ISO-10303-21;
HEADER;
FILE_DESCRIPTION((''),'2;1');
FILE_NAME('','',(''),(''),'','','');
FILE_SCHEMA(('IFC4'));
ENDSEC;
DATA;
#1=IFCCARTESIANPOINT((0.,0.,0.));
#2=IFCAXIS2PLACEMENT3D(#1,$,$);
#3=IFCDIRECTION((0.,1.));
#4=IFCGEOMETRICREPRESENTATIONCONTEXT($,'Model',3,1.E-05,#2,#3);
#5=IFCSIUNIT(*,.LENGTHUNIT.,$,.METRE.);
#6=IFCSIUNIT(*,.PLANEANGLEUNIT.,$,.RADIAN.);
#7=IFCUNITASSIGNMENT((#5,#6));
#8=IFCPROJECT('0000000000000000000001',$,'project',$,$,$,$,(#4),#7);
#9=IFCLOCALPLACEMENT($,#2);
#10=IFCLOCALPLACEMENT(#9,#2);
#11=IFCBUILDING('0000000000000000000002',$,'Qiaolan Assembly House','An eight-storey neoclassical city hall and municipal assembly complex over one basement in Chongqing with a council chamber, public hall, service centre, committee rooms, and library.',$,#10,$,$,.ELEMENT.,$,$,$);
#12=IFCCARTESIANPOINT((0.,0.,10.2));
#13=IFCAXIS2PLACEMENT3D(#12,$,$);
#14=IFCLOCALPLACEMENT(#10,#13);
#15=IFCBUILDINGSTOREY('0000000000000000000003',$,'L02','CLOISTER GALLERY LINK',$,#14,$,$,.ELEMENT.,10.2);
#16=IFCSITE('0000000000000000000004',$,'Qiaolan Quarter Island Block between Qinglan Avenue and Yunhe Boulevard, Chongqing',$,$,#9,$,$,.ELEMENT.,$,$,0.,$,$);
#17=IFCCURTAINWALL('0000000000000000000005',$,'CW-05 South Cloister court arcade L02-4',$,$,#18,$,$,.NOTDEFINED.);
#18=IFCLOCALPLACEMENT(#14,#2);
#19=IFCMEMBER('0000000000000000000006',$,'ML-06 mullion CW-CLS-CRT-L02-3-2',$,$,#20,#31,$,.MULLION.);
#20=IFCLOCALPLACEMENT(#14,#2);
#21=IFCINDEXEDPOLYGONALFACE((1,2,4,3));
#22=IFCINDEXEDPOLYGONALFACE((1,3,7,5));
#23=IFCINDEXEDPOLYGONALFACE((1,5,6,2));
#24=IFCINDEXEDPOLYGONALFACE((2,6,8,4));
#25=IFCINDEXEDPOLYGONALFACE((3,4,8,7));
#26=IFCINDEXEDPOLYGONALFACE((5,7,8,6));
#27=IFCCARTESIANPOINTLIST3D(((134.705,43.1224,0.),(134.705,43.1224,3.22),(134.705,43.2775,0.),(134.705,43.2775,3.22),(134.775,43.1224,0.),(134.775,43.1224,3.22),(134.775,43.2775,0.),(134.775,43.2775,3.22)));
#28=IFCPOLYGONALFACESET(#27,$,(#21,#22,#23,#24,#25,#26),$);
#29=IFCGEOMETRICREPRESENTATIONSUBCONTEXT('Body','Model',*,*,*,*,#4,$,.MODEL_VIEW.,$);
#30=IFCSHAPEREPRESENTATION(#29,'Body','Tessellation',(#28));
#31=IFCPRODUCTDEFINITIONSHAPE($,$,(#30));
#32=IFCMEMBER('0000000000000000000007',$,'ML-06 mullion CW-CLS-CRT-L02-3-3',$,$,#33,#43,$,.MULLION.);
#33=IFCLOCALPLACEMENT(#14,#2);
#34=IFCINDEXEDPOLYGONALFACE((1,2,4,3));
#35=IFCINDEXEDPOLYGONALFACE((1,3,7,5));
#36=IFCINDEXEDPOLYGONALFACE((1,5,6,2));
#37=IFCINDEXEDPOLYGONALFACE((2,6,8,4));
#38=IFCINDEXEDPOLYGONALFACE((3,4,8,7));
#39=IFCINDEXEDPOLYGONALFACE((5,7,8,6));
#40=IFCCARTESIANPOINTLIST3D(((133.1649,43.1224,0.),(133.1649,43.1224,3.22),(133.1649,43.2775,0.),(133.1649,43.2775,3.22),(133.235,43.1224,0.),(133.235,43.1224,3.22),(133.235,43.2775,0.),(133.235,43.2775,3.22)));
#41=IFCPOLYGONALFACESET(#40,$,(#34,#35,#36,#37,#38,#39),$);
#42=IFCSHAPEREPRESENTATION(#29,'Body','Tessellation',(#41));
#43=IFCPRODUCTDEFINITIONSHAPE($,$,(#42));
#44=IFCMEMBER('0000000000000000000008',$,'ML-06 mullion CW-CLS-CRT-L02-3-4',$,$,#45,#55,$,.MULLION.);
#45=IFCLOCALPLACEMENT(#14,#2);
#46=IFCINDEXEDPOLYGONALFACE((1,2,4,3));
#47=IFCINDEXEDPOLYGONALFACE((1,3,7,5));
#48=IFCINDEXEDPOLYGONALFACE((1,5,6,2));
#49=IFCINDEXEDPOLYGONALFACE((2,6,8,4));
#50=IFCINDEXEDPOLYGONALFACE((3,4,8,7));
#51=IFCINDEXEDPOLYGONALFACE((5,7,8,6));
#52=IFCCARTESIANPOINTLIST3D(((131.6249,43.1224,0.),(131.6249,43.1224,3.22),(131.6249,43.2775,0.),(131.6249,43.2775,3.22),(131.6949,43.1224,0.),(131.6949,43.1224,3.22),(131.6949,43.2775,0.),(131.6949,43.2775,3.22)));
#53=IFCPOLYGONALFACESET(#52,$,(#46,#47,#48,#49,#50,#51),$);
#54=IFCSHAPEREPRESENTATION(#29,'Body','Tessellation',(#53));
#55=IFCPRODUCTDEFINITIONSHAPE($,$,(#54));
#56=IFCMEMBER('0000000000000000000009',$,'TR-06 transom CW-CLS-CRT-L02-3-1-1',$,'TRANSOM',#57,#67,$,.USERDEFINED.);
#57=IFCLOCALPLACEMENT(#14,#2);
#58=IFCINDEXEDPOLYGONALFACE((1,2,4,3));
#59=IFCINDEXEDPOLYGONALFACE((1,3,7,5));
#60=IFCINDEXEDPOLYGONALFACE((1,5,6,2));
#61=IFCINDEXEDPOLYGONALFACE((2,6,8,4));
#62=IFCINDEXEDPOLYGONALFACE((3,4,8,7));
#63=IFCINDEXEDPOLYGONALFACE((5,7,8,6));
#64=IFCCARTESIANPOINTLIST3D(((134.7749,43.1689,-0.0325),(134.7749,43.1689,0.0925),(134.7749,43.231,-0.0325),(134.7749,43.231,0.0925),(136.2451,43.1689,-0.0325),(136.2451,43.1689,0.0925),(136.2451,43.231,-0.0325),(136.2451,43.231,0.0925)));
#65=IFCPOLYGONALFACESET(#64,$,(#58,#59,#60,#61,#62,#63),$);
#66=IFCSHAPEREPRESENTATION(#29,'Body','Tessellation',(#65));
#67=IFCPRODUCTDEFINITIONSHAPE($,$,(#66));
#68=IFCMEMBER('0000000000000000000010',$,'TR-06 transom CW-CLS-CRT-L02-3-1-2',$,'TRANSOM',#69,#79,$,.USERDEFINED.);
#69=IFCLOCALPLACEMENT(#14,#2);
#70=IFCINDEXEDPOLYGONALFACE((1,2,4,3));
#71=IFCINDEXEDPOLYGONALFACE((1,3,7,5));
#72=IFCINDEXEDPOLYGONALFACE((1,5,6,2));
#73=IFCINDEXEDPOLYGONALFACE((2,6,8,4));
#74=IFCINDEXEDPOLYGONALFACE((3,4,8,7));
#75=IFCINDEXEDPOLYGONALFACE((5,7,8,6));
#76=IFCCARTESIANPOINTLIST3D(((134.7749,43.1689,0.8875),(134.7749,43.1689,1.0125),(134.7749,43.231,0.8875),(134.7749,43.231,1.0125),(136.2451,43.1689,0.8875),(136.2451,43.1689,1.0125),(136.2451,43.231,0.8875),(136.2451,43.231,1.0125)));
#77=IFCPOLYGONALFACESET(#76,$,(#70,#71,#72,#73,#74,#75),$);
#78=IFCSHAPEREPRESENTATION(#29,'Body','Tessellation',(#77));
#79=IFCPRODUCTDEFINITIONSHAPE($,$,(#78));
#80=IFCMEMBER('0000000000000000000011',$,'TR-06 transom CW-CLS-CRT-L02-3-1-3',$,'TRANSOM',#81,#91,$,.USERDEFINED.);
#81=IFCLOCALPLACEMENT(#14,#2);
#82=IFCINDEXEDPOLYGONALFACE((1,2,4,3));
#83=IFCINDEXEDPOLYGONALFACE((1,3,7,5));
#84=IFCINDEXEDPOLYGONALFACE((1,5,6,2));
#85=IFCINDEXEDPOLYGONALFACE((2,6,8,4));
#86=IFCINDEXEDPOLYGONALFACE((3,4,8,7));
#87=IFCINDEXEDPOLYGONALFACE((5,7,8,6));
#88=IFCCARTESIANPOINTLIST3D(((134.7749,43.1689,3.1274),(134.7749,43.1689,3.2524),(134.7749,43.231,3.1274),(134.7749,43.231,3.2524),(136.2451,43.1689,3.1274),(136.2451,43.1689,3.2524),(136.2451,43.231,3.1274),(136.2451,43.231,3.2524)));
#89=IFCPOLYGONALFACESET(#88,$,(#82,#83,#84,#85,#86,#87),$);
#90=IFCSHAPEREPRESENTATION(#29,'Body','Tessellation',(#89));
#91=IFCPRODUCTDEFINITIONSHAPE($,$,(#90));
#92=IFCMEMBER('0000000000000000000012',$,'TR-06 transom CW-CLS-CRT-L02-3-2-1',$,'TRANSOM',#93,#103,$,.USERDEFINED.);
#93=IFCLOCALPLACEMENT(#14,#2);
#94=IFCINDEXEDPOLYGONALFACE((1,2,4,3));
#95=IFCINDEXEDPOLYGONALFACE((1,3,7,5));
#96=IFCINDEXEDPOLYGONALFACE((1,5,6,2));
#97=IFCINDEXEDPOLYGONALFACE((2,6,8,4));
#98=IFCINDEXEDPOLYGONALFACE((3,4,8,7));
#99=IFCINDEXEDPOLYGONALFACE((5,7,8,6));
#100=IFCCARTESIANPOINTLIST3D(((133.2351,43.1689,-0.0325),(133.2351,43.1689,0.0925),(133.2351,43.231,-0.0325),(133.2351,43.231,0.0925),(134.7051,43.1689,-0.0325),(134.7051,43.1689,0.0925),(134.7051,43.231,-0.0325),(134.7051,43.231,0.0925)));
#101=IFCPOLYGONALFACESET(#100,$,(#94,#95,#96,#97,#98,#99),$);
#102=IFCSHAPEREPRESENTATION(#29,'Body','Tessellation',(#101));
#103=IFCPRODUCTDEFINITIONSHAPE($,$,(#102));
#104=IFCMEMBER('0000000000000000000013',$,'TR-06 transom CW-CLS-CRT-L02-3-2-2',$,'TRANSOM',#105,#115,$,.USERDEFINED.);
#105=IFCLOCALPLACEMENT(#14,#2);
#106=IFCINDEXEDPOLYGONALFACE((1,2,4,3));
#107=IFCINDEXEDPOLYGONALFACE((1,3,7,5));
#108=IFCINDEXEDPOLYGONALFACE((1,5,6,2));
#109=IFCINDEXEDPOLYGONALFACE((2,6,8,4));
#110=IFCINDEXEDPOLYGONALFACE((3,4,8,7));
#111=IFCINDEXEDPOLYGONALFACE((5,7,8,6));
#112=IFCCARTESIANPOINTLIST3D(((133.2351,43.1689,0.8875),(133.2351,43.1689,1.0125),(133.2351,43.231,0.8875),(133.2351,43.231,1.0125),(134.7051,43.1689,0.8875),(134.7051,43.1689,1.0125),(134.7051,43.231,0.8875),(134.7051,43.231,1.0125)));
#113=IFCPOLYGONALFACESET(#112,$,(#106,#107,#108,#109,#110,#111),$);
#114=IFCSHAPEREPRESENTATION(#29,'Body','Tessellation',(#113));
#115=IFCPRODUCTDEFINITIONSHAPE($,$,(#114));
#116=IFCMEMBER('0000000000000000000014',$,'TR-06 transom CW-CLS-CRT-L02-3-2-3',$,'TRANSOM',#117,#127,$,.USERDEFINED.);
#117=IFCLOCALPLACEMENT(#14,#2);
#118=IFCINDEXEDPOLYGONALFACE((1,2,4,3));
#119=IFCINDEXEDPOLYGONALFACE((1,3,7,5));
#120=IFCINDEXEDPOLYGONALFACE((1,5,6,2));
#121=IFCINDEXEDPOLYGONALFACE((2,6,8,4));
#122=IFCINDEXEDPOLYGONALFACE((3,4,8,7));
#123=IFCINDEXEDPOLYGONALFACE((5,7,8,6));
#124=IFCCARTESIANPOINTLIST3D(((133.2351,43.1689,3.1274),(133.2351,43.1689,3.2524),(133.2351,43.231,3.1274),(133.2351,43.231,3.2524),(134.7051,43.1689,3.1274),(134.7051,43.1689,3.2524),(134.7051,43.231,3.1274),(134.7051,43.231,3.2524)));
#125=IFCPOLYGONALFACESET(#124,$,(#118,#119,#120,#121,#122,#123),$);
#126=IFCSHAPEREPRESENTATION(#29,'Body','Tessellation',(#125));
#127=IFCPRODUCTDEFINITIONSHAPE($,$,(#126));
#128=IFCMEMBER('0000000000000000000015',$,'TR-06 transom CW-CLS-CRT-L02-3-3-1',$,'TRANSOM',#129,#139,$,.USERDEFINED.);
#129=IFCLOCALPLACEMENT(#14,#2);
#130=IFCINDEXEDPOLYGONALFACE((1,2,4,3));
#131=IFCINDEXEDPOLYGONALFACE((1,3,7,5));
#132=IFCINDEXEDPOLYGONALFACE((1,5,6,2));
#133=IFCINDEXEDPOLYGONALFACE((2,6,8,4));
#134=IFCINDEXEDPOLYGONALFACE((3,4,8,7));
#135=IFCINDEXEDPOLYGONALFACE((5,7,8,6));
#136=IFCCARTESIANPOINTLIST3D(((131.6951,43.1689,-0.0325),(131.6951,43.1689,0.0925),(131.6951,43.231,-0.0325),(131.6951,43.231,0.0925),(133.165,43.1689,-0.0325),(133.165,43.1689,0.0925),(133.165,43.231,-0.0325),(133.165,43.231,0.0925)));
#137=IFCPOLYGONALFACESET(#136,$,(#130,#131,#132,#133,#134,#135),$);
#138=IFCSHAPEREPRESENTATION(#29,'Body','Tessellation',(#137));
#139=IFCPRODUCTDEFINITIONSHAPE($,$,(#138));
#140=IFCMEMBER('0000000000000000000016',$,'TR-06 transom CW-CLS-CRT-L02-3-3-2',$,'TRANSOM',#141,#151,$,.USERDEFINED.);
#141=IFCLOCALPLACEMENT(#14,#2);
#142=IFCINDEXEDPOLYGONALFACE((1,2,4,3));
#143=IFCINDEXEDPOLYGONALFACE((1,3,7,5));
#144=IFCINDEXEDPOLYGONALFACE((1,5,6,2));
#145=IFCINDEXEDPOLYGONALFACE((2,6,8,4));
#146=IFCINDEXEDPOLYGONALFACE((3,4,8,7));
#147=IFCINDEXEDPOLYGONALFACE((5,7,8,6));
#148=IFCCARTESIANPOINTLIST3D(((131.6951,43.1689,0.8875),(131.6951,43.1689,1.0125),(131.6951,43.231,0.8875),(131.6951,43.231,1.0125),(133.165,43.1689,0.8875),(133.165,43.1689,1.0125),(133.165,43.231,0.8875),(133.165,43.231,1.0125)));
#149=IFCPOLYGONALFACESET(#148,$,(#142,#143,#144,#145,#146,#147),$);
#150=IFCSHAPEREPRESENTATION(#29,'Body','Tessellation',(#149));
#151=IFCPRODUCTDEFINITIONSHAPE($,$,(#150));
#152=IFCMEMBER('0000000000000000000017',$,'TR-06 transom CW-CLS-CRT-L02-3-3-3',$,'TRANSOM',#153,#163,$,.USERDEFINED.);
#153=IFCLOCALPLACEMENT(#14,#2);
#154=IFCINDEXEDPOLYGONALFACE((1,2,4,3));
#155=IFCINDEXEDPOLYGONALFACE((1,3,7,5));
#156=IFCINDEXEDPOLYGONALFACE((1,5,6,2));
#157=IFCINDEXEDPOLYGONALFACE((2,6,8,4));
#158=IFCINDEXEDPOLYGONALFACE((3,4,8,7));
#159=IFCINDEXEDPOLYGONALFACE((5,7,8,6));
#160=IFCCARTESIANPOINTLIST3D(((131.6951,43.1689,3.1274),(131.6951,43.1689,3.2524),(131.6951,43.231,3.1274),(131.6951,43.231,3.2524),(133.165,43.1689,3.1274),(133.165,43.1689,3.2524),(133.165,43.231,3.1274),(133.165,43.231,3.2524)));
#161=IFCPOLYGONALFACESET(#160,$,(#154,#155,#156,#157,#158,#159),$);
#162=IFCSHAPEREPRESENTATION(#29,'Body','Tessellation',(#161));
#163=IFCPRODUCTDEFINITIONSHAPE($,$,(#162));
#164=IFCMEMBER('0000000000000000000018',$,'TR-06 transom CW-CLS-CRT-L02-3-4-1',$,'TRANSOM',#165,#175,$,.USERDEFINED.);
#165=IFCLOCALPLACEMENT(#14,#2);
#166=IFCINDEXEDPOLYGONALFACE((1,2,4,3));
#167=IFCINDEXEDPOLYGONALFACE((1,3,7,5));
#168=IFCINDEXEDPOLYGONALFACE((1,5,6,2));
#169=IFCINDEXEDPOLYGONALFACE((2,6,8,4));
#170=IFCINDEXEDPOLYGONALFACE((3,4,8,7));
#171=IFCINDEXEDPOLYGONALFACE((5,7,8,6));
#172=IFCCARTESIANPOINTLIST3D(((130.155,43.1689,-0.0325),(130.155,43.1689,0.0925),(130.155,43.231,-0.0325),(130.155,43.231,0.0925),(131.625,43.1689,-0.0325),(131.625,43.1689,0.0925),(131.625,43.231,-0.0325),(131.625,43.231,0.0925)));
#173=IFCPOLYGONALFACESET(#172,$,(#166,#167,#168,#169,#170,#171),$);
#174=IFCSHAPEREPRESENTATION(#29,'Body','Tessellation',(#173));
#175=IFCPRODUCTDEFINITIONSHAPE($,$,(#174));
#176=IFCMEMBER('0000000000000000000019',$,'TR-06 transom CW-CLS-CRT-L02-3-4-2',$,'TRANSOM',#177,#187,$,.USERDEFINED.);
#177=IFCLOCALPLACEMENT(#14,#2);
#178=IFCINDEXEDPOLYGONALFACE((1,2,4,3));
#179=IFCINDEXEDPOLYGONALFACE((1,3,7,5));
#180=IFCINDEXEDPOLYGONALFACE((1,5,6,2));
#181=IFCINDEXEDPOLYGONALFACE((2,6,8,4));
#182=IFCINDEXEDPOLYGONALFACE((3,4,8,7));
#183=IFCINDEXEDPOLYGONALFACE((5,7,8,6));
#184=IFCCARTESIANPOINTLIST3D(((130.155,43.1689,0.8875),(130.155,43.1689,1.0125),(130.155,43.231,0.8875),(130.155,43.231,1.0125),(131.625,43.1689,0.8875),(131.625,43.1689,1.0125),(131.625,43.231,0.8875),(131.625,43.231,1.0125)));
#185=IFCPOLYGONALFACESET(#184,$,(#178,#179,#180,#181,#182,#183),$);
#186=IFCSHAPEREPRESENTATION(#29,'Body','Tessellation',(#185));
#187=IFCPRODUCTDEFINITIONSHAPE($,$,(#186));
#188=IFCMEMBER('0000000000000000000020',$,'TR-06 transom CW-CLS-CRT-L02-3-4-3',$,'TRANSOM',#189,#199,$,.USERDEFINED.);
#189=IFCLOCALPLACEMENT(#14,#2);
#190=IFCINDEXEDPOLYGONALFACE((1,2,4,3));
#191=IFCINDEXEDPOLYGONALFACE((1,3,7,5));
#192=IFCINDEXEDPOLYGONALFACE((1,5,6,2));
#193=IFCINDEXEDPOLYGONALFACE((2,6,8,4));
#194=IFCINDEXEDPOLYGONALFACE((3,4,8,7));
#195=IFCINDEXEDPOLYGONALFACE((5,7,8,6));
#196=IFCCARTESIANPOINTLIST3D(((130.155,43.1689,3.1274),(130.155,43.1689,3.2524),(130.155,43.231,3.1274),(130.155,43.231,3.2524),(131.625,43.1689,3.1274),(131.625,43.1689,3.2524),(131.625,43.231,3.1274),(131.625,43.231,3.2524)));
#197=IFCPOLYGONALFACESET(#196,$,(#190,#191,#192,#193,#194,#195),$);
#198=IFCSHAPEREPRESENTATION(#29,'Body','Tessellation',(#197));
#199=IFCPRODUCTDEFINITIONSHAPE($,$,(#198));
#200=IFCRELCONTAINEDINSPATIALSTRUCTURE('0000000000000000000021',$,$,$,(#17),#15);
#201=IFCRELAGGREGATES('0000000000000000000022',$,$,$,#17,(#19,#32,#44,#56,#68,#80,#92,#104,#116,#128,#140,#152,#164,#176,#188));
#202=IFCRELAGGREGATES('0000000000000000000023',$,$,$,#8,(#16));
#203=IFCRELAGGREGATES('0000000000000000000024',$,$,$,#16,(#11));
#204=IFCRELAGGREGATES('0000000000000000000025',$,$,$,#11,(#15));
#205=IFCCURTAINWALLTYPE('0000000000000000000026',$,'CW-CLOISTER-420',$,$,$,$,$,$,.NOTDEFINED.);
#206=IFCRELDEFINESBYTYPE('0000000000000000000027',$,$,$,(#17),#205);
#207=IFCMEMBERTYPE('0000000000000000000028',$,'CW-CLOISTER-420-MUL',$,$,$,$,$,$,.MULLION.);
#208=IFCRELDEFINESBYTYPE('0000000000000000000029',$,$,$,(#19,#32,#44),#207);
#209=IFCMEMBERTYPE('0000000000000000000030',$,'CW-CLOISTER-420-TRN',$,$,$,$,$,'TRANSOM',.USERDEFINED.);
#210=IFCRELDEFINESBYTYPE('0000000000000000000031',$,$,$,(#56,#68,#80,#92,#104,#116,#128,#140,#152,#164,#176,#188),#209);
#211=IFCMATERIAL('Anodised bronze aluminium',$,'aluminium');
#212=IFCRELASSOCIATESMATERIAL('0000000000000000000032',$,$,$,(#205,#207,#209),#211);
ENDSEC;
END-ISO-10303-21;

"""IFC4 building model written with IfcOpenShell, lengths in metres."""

from ifc_helpers import new_model, si_unit, direction, frame, origin, origin_2d, place, context, subcontext, project, spatial, rectangle, extrude, material, material_profile, profile_set, type_object, element, aggregate, save


model = new_model("IFC4")

# Units and contexts
model_context = context("Model", 3, precision=1e-05, world=origin(), true_north=direction((0.0, 1.0)))
body_context = subcontext(model_context, "Body", "Model", "MODEL_VIEW")
ifc_project = project(units=[si_unit("LENGTHUNIT", "METRE"), si_unit("PLANEANGLEUNIT", "RADIAN")], contexts=[model_context])

# Site, building, storey
site_placement = place(None, origin())
site = spatial("IfcSite", under=ifc_project, at=site_placement, Name="Qiaolan Quarter Island Block between Qinglan Avenue and Yunhe Boulevard, Chongqing", CompositionType="ELEMENT", RefElevation=0.0)
building_placement = place(site_placement, origin())
building = spatial("IfcBuilding", under=site, at=building_placement, Name="Qiaolan Assembly House", Description="An eight-storey neoclassical city hall and municipal assembly complex over one basement in Chongqing with a council chamber, public hall, service centre, committee rooms, and library.", CompositionType="ELEMENT")
storey_placement = place(building_placement, frame((0.0, 0.0, 10.2)))
storey = spatial("IfcBuildingStorey", under=building, at=storey_placement, Name="L02", Description="CLOISTER GALLERY LINK", CompositionType="ELEMENT", Elevation=10.2)

# Curtain wall, members
ifc_material_1 = material(Name="Anodised bronze aluminium", Category="aluminium")
curtain_wall_type = type_object("IfcCurtainWallType", Name="CW-CLOISTER-420", PredefinedType="NOTDEFINED", material=ifc_material_1)
curtain_wall_placement = place(storey_placement, origin())
curtain_wall = element("IfcCurtainWall", 1, at=curtain_wall_placement, inside=storey, type_object=curtain_wall_type, Name="CW-05 South Cloister court arcade L02-4", PredefinedType="NOTDEFINED")
ifc_material_profile_1 = material_profile(ifc_material_1, rectangle(XDim=0.0701, YDim=0.155, at=origin_2d()), Name="MUL 70x155")
ifc_profile_set_1 = profile_set([ifc_material_profile_1], Name="Anodised bronze aluminium")
member_type_1 = type_object("IfcMemberType", Name="CW-CLOISTER-420-MUL", PredefinedType="MULLION", material=ifc_profile_set_1)
member_1_placement = place(storey_placement, frame((134.74, 43.2, 0.0), z_axis=(0.0, 0.0, 1.0), x_axis=(-1.0, 0.0, 0.0)))
member_1 = element("IfcMember", 2, at=member_1_placement, type_object=member_type_1, Name="ML-06 mullion CW-CLS-CRT-L02-3-2", PredefinedType="MULLION", context=body_context, shape_type="SweptSolid", body=[
    extrude(rectangle(XDim=0.0701, YDim=0.155, at=origin_2d()), origin(), (0.0, 0.0, 1.0), 3.22),
])
member_2_placement = place(storey_placement, frame((133.2, 43.2, 0.0), z_axis=(0.0, 0.0, 1.0), x_axis=(-1.0, 0.0, 0.0)))
member_2 = element("IfcMember", 3, at=member_2_placement, type_object=member_type_1, Name="ML-06 mullion CW-CLS-CRT-L02-3-3", PredefinedType="MULLION", context=body_context, shape_type="SweptSolid", body=[
    extrude(rectangle(XDim=0.0701, YDim=0.155, at=origin_2d()), origin(), (0.0, 0.0, 1.0), 3.22),
])
member_3_placement = place(storey_placement, frame((131.6599, 43.2, 0.0), z_axis=(0.0, 0.0, 1.0), x_axis=(-1.0, 0.0, 0.0)))
member_3 = element("IfcMember", 4, at=member_3_placement, type_object=member_type_1, Name="ML-06 mullion CW-CLS-CRT-L02-3-4", PredefinedType="MULLION", context=body_context, shape_type="SweptSolid", body=[
    extrude(rectangle(XDim=0.0701, YDim=0.155, at=origin_2d()), origin(), (0.0, 0.0, 1.0), 3.22),
])
ifc_material_profile_2 = material_profile(ifc_material_1, rectangle(XDim=0.062, YDim=0.125, at=origin_2d()), Name="TRN 62x125")
ifc_profile_set_2 = profile_set([ifc_material_profile_2], Name="Anodised bronze aluminium")
member_type_2 = type_object("IfcMemberType", Name="CW-CLOISTER-420-TRN", ElementType="TRANSOM", PredefinedType="USERDEFINED", material=ifc_profile_set_2)
member_4_placement = place(storey_placement, frame((136.2451, 43.2, 0.03), z_axis=(-1.0, 0.0, 0.0), x_axis=(0.0, -1.0, 0.0)))
member_4 = element("IfcMember", 5, at=member_4_placement, type_object=member_type_2, Name="TR-06 transom CW-CLS-CRT-L02-3-1-1", ObjectType="TRANSOM", PredefinedType="USERDEFINED", context=body_context, shape_type="SweptSolid", body=[
    extrude(rectangle(XDim=0.062, YDim=0.125, at=origin_2d()), origin(), (0.0, 0.0, 1.0), 1.4702),
])
member_5_placement = place(storey_placement, frame((136.2451, 43.2, 0.95), z_axis=(-1.0, 0.0, 0.0), x_axis=(0.0, -1.0, 0.0)))
member_5 = element("IfcMember", 6, at=member_5_placement, type_object=member_type_2, Name="TR-06 transom CW-CLS-CRT-L02-3-1-2", ObjectType="TRANSOM", PredefinedType="USERDEFINED", context=body_context, shape_type="SweptSolid", body=[
    extrude(rectangle(XDim=0.062, YDim=0.125, at=origin_2d()), origin(), (0.0, 0.0, 1.0), 1.4702),
])
member_6_placement = place(storey_placement, frame((136.2451, 43.2, 3.1899), z_axis=(-1.0, 0.0, 0.0), x_axis=(0.0, -1.0, 0.0)))
member_6 = element("IfcMember", 7, at=member_6_placement, type_object=member_type_2, Name="TR-06 transom CW-CLS-CRT-L02-3-1-3", ObjectType="TRANSOM", PredefinedType="USERDEFINED", context=body_context, shape_type="SweptSolid", body=[
    extrude(rectangle(XDim=0.062, YDim=0.125, at=origin_2d()), origin(), (0.0, 0.0, 1.0), 1.4702),
])
member_7_placement = place(storey_placement, frame((134.7051, 43.2, 0.03), z_axis=(-1.0, 0.0, 0.0), x_axis=(0.0, -1.0, 0.0)))
member_7 = element("IfcMember", 8, at=member_7_placement, type_object=member_type_2, Name="TR-06 transom CW-CLS-CRT-L02-3-2-1", ObjectType="TRANSOM", PredefinedType="USERDEFINED", context=body_context, shape_type="SweptSolid", body=[
    extrude(rectangle(XDim=0.062, YDim=0.125, at=origin_2d()), origin(), (0.0, 0.0, 1.0), 1.47),
])
member_8_placement = place(storey_placement, frame((134.7051, 43.2, 0.95), z_axis=(-1.0, 0.0, 0.0), x_axis=(0.0, -1.0, 0.0)))
member_8 = element("IfcMember", 9, at=member_8_placement, type_object=member_type_2, Name="TR-06 transom CW-CLS-CRT-L02-3-2-2", ObjectType="TRANSOM", PredefinedType="USERDEFINED", context=body_context, shape_type="SweptSolid", body=[
    extrude(rectangle(XDim=0.062, YDim=0.125, at=origin_2d()), origin(), (0.0, 0.0, 1.0), 1.47),
])
member_9_placement = place(storey_placement, frame((134.7051, 43.2, 3.1899), z_axis=(-1.0, 0.0, 0.0), x_axis=(0.0, -1.0, 0.0)))
member_9 = element("IfcMember", 10, at=member_9_placement, type_object=member_type_2, Name="TR-06 transom CW-CLS-CRT-L02-3-2-3", ObjectType="TRANSOM", PredefinedType="USERDEFINED", context=body_context, shape_type="SweptSolid", body=[
    extrude(rectangle(XDim=0.062, YDim=0.125, at=origin_2d()), origin(), (0.0, 0.0, 1.0), 1.47),
])
member_10_placement = place(storey_placement, frame((133.165, 43.2, 0.03), z_axis=(-1.0, 0.0, 0.0), x_axis=(0.0, -1.0, 0.0)))
member_10 = element("IfcMember", 11, at=member_10_placement, type_object=member_type_2, Name="TR-06 transom CW-CLS-CRT-L02-3-3-1", ObjectType="TRANSOM", PredefinedType="USERDEFINED", context=body_context, shape_type="SweptSolid", body=[
    extrude(rectangle(XDim=0.062, YDim=0.125, at=origin_2d()), origin(), (0.0, 0.0, 1.0), 1.47),
])
member_11_placement = place(storey_placement, frame((133.165, 43.2, 0.95), z_axis=(-1.0, 0.0, 0.0), x_axis=(0.0, -1.0, 0.0)))
member_11 = element("IfcMember", 12, at=member_11_placement, type_object=member_type_2, Name="TR-06 transom CW-CLS-CRT-L02-3-3-2", ObjectType="TRANSOM", PredefinedType="USERDEFINED", context=body_context, shape_type="SweptSolid", body=[
    extrude(rectangle(XDim=0.062, YDim=0.125, at=origin_2d()), origin(), (0.0, 0.0, 1.0), 1.47),
])
member_12_placement = place(storey_placement, frame((133.165, 43.2, 3.1899), z_axis=(-1.0, 0.0, 0.0), x_axis=(0.0, -1.0, 0.0)))
member_12 = element("IfcMember", 13, at=member_12_placement, type_object=member_type_2, Name="TR-06 transom CW-CLS-CRT-L02-3-3-3", ObjectType="TRANSOM", PredefinedType="USERDEFINED", context=body_context, shape_type="SweptSolid", body=[
    extrude(rectangle(XDim=0.062, YDim=0.125, at=origin_2d()), origin(), (0.0, 0.0, 1.0), 1.47),
])
member_13_placement = place(storey_placement, frame((131.625, 43.2, 0.03), z_axis=(-1.0, 0.0, 0.0), x_axis=(0.0, -1.0, 0.0)))
member_13 = element("IfcMember", 14, at=member_13_placement, type_object=member_type_2, Name="TR-06 transom CW-CLS-CRT-L02-3-4-1", ObjectType="TRANSOM", PredefinedType="USERDEFINED", context=body_context, shape_type="SweptSolid", body=[
    extrude(rectangle(XDim=0.062, YDim=0.125, at=origin_2d()), origin(), (0.0, 0.0, 1.0), 1.47),
])
member_14_placement = place(storey_placement, frame((131.625, 43.2, 0.95), z_axis=(-1.0, 0.0, 0.0), x_axis=(0.0, -1.0, 0.0)))
member_14 = element("IfcMember", 15, at=member_14_placement, type_object=member_type_2, Name="TR-06 transom CW-CLS-CRT-L02-3-4-2", ObjectType="TRANSOM", PredefinedType="USERDEFINED", context=body_context, shape_type="SweptSolid", body=[
    extrude(rectangle(XDim=0.062, YDim=0.125, at=origin_2d()), origin(), (0.0, 0.0, 1.0), 1.47),
])
member_15_placement = place(storey_placement, frame((131.625, 43.2, 3.1899), z_axis=(-1.0, 0.0, 0.0), x_axis=(0.0, -1.0, 0.0)))
member_15 = element("IfcMember", 16, at=member_15_placement, type_object=member_type_2, Name="TR-06 transom CW-CLS-CRT-L02-3-4-3", ObjectType="TRANSOM", PredefinedType="USERDEFINED", context=body_context, shape_type="SweptSolid", body=[
    extrude(rectangle(XDim=0.062, YDim=0.125, at=origin_2d()), origin(), (0.0, 0.0, 1.0), 1.47),
])

aggregate(curtain_wall, [member_1, member_2, member_3, member_4, member_5, member_6, member_7, member_8, member_9, member_10, member_11, member_12, member_13, member_14, member_15])

save(model, "model.ifc")
